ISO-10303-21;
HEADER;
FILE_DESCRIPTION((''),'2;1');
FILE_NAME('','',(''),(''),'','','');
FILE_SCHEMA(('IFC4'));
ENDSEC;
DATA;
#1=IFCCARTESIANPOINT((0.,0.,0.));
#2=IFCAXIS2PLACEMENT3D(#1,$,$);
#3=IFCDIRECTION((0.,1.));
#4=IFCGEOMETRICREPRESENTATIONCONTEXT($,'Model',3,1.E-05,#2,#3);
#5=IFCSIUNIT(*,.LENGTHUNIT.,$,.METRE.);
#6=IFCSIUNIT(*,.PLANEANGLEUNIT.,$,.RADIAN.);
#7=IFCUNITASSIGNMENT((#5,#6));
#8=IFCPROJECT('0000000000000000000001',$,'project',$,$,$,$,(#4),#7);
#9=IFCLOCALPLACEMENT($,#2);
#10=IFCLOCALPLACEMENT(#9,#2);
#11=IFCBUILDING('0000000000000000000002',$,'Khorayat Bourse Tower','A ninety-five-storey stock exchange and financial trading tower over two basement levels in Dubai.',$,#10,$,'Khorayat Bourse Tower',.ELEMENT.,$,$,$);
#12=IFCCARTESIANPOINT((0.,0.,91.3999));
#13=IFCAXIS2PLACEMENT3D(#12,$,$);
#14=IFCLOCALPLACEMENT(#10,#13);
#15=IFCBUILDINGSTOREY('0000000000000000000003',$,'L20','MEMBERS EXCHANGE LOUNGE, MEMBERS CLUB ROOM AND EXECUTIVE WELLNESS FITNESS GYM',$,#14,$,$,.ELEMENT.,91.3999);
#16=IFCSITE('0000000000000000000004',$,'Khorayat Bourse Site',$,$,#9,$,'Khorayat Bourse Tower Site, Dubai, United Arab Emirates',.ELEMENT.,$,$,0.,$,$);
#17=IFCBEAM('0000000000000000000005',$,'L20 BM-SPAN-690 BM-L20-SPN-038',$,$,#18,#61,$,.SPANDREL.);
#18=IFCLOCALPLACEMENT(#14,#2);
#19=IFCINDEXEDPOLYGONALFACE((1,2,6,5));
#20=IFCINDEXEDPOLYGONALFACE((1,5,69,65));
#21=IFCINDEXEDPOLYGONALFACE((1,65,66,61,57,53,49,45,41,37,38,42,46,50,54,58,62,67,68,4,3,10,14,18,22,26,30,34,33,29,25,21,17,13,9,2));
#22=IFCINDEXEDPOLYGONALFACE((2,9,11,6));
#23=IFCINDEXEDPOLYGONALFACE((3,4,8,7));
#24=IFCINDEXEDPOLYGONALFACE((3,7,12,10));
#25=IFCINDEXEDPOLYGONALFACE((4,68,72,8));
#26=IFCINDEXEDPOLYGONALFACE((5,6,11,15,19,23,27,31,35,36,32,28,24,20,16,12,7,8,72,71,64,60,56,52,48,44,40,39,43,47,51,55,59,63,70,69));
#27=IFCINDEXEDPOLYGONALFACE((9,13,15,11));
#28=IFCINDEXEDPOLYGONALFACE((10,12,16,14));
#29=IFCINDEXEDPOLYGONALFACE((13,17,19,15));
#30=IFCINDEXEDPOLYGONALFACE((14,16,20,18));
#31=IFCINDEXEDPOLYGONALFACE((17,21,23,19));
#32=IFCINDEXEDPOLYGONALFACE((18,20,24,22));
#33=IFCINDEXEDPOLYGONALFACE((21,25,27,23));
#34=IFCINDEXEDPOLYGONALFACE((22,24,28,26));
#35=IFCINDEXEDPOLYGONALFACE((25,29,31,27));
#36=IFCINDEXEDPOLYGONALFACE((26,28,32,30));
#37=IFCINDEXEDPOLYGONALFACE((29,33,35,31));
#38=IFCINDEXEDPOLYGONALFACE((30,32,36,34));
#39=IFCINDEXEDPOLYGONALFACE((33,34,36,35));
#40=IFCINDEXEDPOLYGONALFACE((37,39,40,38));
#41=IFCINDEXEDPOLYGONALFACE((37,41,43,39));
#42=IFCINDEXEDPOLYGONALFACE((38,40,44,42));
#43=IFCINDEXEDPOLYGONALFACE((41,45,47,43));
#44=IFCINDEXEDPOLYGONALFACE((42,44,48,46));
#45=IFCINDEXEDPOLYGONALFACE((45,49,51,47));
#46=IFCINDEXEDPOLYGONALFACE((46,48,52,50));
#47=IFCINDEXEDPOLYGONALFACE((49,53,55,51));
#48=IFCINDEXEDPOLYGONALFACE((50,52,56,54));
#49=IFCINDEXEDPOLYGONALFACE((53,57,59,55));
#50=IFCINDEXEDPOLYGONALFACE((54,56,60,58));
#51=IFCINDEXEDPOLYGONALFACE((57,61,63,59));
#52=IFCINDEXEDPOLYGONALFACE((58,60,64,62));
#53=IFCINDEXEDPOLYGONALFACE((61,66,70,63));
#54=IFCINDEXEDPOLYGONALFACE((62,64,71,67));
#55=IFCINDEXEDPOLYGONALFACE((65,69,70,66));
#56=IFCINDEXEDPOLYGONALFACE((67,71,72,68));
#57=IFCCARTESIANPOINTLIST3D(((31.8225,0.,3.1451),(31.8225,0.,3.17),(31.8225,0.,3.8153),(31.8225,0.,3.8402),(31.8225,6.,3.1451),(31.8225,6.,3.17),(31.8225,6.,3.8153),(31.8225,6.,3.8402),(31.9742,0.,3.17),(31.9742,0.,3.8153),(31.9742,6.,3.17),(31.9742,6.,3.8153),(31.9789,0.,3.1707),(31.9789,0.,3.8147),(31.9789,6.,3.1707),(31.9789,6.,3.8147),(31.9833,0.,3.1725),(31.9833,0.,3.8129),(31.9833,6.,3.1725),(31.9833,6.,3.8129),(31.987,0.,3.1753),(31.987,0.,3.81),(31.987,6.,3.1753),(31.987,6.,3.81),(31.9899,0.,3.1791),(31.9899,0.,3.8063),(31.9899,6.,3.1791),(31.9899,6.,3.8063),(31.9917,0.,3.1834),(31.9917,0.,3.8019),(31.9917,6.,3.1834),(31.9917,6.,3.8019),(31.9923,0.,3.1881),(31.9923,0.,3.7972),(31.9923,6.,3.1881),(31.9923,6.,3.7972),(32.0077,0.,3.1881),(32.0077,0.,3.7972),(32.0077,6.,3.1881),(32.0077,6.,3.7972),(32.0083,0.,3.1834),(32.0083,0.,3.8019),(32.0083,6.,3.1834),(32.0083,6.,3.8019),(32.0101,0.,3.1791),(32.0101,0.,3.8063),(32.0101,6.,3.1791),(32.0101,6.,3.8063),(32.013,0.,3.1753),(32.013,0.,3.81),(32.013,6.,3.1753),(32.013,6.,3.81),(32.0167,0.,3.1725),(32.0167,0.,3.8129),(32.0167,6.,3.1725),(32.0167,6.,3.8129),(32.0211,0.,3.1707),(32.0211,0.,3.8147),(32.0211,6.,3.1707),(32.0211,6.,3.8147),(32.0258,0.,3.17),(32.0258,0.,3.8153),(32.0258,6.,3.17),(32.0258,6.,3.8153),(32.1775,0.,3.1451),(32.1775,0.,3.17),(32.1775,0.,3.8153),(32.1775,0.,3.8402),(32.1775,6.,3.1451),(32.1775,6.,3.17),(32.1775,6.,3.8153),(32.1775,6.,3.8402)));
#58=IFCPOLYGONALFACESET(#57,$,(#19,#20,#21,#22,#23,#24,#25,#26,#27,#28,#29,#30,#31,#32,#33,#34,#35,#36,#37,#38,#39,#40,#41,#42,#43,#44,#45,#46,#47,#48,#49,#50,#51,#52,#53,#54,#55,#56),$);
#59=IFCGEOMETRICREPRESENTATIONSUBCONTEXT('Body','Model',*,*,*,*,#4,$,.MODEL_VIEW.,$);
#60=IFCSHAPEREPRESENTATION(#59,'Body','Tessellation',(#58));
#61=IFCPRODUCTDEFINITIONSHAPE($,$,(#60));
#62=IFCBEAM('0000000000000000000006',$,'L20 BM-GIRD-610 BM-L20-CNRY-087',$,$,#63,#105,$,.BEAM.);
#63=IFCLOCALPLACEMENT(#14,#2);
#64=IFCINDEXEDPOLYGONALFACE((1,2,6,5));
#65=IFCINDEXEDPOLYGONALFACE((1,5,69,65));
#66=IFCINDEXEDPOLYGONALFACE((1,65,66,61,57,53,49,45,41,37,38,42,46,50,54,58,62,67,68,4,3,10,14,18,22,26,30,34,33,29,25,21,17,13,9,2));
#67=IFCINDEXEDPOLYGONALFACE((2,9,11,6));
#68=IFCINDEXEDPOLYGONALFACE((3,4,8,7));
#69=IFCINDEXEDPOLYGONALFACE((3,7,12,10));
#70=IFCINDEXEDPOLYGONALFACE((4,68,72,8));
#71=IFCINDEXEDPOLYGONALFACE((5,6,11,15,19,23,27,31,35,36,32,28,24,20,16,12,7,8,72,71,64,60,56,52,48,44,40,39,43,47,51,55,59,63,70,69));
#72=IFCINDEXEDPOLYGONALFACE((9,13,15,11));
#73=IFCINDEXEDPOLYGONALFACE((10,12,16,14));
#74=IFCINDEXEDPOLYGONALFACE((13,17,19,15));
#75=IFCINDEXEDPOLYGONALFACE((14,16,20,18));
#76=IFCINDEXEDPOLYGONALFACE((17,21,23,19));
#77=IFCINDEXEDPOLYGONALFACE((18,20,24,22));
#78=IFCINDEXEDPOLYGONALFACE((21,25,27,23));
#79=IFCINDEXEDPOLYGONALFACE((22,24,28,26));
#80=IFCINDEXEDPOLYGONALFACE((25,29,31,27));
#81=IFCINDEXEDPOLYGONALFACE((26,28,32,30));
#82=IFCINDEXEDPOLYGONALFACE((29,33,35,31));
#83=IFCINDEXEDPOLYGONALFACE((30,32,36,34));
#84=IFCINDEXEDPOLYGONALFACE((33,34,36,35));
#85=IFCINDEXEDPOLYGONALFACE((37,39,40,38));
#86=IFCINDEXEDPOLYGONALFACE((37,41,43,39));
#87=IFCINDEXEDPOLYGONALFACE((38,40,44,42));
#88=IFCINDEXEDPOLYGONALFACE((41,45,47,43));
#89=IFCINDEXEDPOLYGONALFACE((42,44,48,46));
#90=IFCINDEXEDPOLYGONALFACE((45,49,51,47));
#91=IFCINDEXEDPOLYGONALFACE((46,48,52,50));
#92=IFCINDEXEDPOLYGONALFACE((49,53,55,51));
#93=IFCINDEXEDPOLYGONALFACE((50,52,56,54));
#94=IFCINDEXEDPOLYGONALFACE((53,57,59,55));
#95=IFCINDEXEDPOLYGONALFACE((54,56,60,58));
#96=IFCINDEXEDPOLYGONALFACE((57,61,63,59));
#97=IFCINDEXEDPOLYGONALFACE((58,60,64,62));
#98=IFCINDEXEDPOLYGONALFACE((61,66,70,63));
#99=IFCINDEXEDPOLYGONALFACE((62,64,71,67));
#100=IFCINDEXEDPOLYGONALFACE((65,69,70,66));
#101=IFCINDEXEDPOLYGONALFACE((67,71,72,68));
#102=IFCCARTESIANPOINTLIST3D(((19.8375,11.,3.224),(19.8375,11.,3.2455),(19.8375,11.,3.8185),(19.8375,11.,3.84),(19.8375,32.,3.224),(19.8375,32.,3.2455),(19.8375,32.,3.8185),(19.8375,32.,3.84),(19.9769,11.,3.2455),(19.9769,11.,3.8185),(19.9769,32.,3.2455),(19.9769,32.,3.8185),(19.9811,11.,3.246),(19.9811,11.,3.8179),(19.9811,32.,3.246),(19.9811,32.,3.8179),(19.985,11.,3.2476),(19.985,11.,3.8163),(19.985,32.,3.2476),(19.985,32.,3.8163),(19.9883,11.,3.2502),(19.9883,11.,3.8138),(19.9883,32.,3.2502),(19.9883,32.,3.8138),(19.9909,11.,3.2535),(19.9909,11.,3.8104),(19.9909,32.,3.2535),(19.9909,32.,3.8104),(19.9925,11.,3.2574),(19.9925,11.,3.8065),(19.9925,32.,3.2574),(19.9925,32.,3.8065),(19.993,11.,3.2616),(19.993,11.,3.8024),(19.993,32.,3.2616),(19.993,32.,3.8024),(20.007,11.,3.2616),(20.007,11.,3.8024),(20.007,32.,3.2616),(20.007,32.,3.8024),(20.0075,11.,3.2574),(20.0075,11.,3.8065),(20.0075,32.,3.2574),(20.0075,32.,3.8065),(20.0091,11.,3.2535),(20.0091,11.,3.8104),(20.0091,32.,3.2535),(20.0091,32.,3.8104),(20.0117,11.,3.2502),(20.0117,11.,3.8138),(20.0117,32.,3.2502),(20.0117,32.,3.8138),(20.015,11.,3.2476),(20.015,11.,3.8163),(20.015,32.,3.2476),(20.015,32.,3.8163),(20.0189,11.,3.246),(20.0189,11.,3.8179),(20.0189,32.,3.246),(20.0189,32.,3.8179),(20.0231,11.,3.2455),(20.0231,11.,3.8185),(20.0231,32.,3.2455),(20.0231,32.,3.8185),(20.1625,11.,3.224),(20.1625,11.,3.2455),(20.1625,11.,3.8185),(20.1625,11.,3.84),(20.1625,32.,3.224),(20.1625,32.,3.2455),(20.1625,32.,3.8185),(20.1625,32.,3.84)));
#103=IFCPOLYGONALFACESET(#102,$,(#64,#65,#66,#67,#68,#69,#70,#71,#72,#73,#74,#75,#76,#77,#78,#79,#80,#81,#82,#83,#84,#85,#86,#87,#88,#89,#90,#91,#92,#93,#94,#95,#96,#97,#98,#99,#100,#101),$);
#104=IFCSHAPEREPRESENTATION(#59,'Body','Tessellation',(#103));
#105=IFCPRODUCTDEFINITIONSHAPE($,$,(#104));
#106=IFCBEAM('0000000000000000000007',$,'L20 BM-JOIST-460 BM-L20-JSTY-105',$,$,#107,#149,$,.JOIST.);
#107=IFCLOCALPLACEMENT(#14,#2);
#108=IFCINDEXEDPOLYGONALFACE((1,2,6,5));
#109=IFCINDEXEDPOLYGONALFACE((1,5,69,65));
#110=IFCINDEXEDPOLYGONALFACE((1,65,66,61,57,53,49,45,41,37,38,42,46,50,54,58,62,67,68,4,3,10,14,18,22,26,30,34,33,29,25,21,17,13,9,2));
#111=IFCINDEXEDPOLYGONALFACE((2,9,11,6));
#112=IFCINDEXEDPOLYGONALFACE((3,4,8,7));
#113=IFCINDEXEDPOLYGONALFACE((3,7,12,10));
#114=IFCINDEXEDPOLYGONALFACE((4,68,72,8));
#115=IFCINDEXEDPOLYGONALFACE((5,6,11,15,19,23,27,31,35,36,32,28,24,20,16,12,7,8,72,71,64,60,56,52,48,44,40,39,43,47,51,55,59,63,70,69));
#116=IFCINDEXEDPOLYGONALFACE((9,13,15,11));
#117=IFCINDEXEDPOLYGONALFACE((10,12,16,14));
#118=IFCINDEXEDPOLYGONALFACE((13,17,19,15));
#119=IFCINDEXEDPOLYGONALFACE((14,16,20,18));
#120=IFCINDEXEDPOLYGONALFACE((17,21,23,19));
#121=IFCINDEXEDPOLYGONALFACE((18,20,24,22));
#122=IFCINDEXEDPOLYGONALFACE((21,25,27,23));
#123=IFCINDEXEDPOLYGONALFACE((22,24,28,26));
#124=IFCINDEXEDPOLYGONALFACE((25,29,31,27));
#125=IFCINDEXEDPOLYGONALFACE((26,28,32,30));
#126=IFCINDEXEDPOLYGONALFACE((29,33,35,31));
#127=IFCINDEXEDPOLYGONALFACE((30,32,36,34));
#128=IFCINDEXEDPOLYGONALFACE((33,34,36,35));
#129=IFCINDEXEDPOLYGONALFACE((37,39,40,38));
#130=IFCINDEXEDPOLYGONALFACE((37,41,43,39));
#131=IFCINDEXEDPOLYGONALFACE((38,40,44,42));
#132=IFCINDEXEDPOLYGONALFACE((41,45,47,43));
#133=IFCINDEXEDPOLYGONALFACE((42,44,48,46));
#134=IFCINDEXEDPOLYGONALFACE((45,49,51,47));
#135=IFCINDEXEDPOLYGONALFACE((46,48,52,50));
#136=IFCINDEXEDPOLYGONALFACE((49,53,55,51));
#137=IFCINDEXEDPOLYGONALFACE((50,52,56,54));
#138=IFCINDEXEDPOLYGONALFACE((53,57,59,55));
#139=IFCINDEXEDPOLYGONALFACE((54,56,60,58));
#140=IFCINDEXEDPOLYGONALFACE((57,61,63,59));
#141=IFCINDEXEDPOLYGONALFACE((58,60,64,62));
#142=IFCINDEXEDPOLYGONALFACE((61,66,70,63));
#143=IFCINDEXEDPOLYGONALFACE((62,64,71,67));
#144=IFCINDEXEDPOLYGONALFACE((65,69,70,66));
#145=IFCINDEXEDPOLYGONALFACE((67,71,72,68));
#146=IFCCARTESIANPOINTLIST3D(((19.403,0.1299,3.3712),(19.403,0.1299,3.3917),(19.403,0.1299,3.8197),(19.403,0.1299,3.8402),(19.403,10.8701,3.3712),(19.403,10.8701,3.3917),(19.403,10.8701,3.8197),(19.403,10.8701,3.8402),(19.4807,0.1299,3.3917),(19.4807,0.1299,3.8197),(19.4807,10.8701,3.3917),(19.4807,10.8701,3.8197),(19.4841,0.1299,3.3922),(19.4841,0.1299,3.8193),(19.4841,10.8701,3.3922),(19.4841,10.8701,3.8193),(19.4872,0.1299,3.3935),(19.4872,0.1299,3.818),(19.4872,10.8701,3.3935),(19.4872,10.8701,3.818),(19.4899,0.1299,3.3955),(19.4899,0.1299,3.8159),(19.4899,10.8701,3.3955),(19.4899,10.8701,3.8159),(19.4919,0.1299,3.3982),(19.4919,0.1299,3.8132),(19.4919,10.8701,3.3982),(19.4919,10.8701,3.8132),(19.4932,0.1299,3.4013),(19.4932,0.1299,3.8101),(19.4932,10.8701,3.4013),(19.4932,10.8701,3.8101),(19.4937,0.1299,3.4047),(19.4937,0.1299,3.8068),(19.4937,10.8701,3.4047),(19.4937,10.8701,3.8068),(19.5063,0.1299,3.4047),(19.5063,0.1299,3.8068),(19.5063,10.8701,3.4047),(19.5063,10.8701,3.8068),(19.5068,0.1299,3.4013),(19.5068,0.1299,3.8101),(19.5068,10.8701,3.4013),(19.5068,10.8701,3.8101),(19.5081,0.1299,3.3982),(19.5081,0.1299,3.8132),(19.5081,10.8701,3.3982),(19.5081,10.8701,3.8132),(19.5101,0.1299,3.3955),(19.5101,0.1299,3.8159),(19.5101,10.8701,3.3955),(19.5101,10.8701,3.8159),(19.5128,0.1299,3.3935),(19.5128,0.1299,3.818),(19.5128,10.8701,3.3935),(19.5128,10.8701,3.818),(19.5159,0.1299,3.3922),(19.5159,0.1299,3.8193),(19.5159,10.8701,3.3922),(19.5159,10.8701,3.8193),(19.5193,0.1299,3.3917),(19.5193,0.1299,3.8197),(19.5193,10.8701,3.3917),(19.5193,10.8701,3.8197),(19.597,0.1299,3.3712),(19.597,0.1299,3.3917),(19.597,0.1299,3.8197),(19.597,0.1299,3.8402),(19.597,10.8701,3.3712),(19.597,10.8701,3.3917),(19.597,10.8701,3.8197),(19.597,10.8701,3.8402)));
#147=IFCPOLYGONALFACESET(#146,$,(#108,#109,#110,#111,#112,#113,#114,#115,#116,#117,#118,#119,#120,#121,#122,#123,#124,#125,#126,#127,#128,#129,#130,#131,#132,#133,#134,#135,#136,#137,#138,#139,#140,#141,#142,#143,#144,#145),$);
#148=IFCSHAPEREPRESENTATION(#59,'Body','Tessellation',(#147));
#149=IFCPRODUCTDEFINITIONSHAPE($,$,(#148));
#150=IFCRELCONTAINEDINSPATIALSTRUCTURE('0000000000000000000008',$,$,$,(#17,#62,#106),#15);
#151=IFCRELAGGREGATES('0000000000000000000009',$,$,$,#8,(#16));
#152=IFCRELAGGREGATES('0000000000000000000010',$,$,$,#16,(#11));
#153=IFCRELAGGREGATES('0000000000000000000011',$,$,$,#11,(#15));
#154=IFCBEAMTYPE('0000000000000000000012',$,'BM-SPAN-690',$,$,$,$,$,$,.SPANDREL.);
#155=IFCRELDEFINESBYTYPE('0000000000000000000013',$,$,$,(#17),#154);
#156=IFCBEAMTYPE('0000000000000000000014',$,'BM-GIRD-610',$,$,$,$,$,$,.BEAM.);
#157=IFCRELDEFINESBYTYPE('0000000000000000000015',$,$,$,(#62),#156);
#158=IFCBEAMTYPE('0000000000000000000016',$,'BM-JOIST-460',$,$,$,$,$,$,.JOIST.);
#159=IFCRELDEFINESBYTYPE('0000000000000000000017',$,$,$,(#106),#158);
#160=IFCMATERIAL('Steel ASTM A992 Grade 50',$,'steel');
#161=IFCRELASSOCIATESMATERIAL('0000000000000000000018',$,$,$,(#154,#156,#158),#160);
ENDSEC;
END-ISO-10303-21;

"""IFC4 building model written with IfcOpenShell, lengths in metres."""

from ifc_helpers import new_model, si_unit, direction, frame, origin, origin_2d, place, context, subcontext, project, spatial, i_section, extrude, source, transform, mapped, material, material_profile, profile_set, type_object, element, save


model = new_model("IFC4")

# Units and contexts
model_context = context("Model", 3, precision=1e-05, world=origin(), true_north=direction((0.0, 1.0)))
body_context = subcontext(model_context, "Body", "Model", "MODEL_VIEW")
ifc_project = project(units=[si_unit("LENGTHUNIT", "METRE"), si_unit("PLANEANGLEUNIT", "RADIAN")], contexts=[model_context])

# Site, building, storey
site_placement = place(None, origin())
site = spatial("IfcSite", under=ifc_project, at=site_placement, Name="Khorayat Bourse Site", LongName="Khorayat Bourse Tower Site, Dubai, United Arab Emirates", CompositionType="ELEMENT", RefElevation=0.0)
building_placement = place(site_placement, origin())
building = spatial("IfcBuilding", under=site, at=building_placement, Name="Khorayat Bourse Tower", Description="A ninety-five-storey stock exchange and financial trading tower over two basement levels in Dubai.", LongName="Khorayat Bourse Tower", CompositionType="ELEMENT")
storey_placement = place(building_placement, frame((0.0, 0.0, 91.3999)))
storey = spatial("IfcBuildingStorey", under=building, at=storey_placement, Name="L20", Description="MEMBERS EXCHANGE LOUNGE, MEMBERS CLUB ROOM AND EXECUTIVE WELLNESS FITNESS GYM", CompositionType="ELEMENT", Elevation=91.3999)

# Beams
ifc_material_1 = material(Name="Steel ASTM A992 Grade 50", Category="steel")
ifc_material_profile_1 = material_profile(ifc_material_1, i_section(OverallWidth=0.355, OverallDepth=0.6951, WebThickness=0.0154, FlangeThickness=0.0249, FilletRadius=0.0181, at=origin_2d()), Name="W690X217")
ifc_profile_set_1 = profile_set([ifc_material_profile_1], Name="Steel ASTM A992 Grade 50")
beam_type_1 = type_object("IfcBeamType", Name="BM-SPAN-690", PredefinedType="SPANDREL", material=ifc_profile_set_1)
shared_shape_1 = source(origin(), body_context, "Body", "SweptSolid", [
    extrude(i_section(OverallWidth=0.355, OverallDepth=0.6951, WebThickness=0.0154, FlangeThickness=0.0249, FilletRadius=0.0181, at=origin_2d()), origin(), (0.0, 0.0, 1.0), 6.0),
])
beam_1_placement = place(storey_placement, frame((32.0, 0.0, 3.4927), z_axis=(0.0, 1.0, 0.0), x_axis=(-1.0, 0.0, 0.0)))
element("IfcBeam", 1, at=beam_1_placement, inside=storey, type_object=beam_type_1, Name="L20 BM-SPAN-690 BM-L20-SPN-038", PredefinedType="SPANDREL", context=body_context, shape_type="MappedRepresentation", body=[
    mapped(shared_shape_1, transform((0.0, 0.0, 0.0), scale=1.0)),
])
ifc_material_profile_2 = material_profile(ifc_material_1, i_section(OverallWidth=0.325, OverallDepth=0.616, WebThickness=0.0139, FlangeThickness=0.0215, FilletRadius=0.0161, at=origin_2d()), Name="W610X174")
ifc_profile_set_2 = profile_set([ifc_material_profile_2], Name="Steel ASTM A992 Grade 50")
beam_type_2 = type_object("IfcBeamType", Name="BM-GIRD-610", PredefinedType="BEAM", material=ifc_profile_set_2)
shared_shape_2 = source(origin(), body_context, "Body", "SweptSolid", [
    extrude(i_section(OverallWidth=0.325, OverallDepth=0.616, WebThickness=0.0139, FlangeThickness=0.0215, FilletRadius=0.0161, at=origin_2d()), origin(), (0.0, 0.0, 1.0), 21.0),
])
beam_2_placement = place(storey_placement, frame((20.0, 11.0, 3.532), z_axis=(0.0, 1.0, 0.0), x_axis=(-1.0, 0.0, 0.0)))
element("IfcBeam", 2, at=beam_2_placement, inside=storey, type_object=beam_type_2, Name="L20 BM-GIRD-610 BM-L20-CNRY-087", PredefinedType="BEAM", context=body_context, shape_type="MappedRepresentation", body=[
    mapped(shared_shape_2, transform((0.0, 0.0, 0.0), scale=1.0)),
])
ifc_material_profile_3 = material_profile(ifc_material_1, i_section(OverallWidth=0.1941, OverallDepth=0.469, WebThickness=0.0127, FlangeThickness=0.0205, FilletRadius=0.0129, at=origin_2d()), Name="W460X106")
ifc_profile_set_3 = profile_set([ifc_material_profile_3], Name="Steel ASTM A992 Grade 50")
beam_type_3 = type_object("IfcBeamType", Name="BM-JOIST-460", PredefinedType="JOIST", material=ifc_profile_set_3)
shared_shape_3 = source(origin(), body_context, "Body", "SweptSolid", [
    extrude(i_section(OverallWidth=0.1941, OverallDepth=0.469, WebThickness=0.0127, FlangeThickness=0.0205, FilletRadius=0.0129, at=origin_2d()), origin(), (0.0, 0.0, 1.0), 10.7402),
])
beam_3_placement = place(storey_placement, frame((19.5, 0.1299, 3.6057), z_axis=(0.0, 1.0, 0.0), x_axis=(-1.0, 0.0, 0.0)))
element("IfcBeam", 3, at=beam_3_placement, inside=storey, type_object=beam_type_3, Name="L20 BM-JOIST-460 BM-L20-JSTY-105", PredefinedType="JOIST", context=body_context, shape_type="MappedRepresentation", body=[
    mapped(shared_shape_3, transform((0.0, 0.0, 0.0), scale=1.0)),
])

save(model, "model.ifc")
